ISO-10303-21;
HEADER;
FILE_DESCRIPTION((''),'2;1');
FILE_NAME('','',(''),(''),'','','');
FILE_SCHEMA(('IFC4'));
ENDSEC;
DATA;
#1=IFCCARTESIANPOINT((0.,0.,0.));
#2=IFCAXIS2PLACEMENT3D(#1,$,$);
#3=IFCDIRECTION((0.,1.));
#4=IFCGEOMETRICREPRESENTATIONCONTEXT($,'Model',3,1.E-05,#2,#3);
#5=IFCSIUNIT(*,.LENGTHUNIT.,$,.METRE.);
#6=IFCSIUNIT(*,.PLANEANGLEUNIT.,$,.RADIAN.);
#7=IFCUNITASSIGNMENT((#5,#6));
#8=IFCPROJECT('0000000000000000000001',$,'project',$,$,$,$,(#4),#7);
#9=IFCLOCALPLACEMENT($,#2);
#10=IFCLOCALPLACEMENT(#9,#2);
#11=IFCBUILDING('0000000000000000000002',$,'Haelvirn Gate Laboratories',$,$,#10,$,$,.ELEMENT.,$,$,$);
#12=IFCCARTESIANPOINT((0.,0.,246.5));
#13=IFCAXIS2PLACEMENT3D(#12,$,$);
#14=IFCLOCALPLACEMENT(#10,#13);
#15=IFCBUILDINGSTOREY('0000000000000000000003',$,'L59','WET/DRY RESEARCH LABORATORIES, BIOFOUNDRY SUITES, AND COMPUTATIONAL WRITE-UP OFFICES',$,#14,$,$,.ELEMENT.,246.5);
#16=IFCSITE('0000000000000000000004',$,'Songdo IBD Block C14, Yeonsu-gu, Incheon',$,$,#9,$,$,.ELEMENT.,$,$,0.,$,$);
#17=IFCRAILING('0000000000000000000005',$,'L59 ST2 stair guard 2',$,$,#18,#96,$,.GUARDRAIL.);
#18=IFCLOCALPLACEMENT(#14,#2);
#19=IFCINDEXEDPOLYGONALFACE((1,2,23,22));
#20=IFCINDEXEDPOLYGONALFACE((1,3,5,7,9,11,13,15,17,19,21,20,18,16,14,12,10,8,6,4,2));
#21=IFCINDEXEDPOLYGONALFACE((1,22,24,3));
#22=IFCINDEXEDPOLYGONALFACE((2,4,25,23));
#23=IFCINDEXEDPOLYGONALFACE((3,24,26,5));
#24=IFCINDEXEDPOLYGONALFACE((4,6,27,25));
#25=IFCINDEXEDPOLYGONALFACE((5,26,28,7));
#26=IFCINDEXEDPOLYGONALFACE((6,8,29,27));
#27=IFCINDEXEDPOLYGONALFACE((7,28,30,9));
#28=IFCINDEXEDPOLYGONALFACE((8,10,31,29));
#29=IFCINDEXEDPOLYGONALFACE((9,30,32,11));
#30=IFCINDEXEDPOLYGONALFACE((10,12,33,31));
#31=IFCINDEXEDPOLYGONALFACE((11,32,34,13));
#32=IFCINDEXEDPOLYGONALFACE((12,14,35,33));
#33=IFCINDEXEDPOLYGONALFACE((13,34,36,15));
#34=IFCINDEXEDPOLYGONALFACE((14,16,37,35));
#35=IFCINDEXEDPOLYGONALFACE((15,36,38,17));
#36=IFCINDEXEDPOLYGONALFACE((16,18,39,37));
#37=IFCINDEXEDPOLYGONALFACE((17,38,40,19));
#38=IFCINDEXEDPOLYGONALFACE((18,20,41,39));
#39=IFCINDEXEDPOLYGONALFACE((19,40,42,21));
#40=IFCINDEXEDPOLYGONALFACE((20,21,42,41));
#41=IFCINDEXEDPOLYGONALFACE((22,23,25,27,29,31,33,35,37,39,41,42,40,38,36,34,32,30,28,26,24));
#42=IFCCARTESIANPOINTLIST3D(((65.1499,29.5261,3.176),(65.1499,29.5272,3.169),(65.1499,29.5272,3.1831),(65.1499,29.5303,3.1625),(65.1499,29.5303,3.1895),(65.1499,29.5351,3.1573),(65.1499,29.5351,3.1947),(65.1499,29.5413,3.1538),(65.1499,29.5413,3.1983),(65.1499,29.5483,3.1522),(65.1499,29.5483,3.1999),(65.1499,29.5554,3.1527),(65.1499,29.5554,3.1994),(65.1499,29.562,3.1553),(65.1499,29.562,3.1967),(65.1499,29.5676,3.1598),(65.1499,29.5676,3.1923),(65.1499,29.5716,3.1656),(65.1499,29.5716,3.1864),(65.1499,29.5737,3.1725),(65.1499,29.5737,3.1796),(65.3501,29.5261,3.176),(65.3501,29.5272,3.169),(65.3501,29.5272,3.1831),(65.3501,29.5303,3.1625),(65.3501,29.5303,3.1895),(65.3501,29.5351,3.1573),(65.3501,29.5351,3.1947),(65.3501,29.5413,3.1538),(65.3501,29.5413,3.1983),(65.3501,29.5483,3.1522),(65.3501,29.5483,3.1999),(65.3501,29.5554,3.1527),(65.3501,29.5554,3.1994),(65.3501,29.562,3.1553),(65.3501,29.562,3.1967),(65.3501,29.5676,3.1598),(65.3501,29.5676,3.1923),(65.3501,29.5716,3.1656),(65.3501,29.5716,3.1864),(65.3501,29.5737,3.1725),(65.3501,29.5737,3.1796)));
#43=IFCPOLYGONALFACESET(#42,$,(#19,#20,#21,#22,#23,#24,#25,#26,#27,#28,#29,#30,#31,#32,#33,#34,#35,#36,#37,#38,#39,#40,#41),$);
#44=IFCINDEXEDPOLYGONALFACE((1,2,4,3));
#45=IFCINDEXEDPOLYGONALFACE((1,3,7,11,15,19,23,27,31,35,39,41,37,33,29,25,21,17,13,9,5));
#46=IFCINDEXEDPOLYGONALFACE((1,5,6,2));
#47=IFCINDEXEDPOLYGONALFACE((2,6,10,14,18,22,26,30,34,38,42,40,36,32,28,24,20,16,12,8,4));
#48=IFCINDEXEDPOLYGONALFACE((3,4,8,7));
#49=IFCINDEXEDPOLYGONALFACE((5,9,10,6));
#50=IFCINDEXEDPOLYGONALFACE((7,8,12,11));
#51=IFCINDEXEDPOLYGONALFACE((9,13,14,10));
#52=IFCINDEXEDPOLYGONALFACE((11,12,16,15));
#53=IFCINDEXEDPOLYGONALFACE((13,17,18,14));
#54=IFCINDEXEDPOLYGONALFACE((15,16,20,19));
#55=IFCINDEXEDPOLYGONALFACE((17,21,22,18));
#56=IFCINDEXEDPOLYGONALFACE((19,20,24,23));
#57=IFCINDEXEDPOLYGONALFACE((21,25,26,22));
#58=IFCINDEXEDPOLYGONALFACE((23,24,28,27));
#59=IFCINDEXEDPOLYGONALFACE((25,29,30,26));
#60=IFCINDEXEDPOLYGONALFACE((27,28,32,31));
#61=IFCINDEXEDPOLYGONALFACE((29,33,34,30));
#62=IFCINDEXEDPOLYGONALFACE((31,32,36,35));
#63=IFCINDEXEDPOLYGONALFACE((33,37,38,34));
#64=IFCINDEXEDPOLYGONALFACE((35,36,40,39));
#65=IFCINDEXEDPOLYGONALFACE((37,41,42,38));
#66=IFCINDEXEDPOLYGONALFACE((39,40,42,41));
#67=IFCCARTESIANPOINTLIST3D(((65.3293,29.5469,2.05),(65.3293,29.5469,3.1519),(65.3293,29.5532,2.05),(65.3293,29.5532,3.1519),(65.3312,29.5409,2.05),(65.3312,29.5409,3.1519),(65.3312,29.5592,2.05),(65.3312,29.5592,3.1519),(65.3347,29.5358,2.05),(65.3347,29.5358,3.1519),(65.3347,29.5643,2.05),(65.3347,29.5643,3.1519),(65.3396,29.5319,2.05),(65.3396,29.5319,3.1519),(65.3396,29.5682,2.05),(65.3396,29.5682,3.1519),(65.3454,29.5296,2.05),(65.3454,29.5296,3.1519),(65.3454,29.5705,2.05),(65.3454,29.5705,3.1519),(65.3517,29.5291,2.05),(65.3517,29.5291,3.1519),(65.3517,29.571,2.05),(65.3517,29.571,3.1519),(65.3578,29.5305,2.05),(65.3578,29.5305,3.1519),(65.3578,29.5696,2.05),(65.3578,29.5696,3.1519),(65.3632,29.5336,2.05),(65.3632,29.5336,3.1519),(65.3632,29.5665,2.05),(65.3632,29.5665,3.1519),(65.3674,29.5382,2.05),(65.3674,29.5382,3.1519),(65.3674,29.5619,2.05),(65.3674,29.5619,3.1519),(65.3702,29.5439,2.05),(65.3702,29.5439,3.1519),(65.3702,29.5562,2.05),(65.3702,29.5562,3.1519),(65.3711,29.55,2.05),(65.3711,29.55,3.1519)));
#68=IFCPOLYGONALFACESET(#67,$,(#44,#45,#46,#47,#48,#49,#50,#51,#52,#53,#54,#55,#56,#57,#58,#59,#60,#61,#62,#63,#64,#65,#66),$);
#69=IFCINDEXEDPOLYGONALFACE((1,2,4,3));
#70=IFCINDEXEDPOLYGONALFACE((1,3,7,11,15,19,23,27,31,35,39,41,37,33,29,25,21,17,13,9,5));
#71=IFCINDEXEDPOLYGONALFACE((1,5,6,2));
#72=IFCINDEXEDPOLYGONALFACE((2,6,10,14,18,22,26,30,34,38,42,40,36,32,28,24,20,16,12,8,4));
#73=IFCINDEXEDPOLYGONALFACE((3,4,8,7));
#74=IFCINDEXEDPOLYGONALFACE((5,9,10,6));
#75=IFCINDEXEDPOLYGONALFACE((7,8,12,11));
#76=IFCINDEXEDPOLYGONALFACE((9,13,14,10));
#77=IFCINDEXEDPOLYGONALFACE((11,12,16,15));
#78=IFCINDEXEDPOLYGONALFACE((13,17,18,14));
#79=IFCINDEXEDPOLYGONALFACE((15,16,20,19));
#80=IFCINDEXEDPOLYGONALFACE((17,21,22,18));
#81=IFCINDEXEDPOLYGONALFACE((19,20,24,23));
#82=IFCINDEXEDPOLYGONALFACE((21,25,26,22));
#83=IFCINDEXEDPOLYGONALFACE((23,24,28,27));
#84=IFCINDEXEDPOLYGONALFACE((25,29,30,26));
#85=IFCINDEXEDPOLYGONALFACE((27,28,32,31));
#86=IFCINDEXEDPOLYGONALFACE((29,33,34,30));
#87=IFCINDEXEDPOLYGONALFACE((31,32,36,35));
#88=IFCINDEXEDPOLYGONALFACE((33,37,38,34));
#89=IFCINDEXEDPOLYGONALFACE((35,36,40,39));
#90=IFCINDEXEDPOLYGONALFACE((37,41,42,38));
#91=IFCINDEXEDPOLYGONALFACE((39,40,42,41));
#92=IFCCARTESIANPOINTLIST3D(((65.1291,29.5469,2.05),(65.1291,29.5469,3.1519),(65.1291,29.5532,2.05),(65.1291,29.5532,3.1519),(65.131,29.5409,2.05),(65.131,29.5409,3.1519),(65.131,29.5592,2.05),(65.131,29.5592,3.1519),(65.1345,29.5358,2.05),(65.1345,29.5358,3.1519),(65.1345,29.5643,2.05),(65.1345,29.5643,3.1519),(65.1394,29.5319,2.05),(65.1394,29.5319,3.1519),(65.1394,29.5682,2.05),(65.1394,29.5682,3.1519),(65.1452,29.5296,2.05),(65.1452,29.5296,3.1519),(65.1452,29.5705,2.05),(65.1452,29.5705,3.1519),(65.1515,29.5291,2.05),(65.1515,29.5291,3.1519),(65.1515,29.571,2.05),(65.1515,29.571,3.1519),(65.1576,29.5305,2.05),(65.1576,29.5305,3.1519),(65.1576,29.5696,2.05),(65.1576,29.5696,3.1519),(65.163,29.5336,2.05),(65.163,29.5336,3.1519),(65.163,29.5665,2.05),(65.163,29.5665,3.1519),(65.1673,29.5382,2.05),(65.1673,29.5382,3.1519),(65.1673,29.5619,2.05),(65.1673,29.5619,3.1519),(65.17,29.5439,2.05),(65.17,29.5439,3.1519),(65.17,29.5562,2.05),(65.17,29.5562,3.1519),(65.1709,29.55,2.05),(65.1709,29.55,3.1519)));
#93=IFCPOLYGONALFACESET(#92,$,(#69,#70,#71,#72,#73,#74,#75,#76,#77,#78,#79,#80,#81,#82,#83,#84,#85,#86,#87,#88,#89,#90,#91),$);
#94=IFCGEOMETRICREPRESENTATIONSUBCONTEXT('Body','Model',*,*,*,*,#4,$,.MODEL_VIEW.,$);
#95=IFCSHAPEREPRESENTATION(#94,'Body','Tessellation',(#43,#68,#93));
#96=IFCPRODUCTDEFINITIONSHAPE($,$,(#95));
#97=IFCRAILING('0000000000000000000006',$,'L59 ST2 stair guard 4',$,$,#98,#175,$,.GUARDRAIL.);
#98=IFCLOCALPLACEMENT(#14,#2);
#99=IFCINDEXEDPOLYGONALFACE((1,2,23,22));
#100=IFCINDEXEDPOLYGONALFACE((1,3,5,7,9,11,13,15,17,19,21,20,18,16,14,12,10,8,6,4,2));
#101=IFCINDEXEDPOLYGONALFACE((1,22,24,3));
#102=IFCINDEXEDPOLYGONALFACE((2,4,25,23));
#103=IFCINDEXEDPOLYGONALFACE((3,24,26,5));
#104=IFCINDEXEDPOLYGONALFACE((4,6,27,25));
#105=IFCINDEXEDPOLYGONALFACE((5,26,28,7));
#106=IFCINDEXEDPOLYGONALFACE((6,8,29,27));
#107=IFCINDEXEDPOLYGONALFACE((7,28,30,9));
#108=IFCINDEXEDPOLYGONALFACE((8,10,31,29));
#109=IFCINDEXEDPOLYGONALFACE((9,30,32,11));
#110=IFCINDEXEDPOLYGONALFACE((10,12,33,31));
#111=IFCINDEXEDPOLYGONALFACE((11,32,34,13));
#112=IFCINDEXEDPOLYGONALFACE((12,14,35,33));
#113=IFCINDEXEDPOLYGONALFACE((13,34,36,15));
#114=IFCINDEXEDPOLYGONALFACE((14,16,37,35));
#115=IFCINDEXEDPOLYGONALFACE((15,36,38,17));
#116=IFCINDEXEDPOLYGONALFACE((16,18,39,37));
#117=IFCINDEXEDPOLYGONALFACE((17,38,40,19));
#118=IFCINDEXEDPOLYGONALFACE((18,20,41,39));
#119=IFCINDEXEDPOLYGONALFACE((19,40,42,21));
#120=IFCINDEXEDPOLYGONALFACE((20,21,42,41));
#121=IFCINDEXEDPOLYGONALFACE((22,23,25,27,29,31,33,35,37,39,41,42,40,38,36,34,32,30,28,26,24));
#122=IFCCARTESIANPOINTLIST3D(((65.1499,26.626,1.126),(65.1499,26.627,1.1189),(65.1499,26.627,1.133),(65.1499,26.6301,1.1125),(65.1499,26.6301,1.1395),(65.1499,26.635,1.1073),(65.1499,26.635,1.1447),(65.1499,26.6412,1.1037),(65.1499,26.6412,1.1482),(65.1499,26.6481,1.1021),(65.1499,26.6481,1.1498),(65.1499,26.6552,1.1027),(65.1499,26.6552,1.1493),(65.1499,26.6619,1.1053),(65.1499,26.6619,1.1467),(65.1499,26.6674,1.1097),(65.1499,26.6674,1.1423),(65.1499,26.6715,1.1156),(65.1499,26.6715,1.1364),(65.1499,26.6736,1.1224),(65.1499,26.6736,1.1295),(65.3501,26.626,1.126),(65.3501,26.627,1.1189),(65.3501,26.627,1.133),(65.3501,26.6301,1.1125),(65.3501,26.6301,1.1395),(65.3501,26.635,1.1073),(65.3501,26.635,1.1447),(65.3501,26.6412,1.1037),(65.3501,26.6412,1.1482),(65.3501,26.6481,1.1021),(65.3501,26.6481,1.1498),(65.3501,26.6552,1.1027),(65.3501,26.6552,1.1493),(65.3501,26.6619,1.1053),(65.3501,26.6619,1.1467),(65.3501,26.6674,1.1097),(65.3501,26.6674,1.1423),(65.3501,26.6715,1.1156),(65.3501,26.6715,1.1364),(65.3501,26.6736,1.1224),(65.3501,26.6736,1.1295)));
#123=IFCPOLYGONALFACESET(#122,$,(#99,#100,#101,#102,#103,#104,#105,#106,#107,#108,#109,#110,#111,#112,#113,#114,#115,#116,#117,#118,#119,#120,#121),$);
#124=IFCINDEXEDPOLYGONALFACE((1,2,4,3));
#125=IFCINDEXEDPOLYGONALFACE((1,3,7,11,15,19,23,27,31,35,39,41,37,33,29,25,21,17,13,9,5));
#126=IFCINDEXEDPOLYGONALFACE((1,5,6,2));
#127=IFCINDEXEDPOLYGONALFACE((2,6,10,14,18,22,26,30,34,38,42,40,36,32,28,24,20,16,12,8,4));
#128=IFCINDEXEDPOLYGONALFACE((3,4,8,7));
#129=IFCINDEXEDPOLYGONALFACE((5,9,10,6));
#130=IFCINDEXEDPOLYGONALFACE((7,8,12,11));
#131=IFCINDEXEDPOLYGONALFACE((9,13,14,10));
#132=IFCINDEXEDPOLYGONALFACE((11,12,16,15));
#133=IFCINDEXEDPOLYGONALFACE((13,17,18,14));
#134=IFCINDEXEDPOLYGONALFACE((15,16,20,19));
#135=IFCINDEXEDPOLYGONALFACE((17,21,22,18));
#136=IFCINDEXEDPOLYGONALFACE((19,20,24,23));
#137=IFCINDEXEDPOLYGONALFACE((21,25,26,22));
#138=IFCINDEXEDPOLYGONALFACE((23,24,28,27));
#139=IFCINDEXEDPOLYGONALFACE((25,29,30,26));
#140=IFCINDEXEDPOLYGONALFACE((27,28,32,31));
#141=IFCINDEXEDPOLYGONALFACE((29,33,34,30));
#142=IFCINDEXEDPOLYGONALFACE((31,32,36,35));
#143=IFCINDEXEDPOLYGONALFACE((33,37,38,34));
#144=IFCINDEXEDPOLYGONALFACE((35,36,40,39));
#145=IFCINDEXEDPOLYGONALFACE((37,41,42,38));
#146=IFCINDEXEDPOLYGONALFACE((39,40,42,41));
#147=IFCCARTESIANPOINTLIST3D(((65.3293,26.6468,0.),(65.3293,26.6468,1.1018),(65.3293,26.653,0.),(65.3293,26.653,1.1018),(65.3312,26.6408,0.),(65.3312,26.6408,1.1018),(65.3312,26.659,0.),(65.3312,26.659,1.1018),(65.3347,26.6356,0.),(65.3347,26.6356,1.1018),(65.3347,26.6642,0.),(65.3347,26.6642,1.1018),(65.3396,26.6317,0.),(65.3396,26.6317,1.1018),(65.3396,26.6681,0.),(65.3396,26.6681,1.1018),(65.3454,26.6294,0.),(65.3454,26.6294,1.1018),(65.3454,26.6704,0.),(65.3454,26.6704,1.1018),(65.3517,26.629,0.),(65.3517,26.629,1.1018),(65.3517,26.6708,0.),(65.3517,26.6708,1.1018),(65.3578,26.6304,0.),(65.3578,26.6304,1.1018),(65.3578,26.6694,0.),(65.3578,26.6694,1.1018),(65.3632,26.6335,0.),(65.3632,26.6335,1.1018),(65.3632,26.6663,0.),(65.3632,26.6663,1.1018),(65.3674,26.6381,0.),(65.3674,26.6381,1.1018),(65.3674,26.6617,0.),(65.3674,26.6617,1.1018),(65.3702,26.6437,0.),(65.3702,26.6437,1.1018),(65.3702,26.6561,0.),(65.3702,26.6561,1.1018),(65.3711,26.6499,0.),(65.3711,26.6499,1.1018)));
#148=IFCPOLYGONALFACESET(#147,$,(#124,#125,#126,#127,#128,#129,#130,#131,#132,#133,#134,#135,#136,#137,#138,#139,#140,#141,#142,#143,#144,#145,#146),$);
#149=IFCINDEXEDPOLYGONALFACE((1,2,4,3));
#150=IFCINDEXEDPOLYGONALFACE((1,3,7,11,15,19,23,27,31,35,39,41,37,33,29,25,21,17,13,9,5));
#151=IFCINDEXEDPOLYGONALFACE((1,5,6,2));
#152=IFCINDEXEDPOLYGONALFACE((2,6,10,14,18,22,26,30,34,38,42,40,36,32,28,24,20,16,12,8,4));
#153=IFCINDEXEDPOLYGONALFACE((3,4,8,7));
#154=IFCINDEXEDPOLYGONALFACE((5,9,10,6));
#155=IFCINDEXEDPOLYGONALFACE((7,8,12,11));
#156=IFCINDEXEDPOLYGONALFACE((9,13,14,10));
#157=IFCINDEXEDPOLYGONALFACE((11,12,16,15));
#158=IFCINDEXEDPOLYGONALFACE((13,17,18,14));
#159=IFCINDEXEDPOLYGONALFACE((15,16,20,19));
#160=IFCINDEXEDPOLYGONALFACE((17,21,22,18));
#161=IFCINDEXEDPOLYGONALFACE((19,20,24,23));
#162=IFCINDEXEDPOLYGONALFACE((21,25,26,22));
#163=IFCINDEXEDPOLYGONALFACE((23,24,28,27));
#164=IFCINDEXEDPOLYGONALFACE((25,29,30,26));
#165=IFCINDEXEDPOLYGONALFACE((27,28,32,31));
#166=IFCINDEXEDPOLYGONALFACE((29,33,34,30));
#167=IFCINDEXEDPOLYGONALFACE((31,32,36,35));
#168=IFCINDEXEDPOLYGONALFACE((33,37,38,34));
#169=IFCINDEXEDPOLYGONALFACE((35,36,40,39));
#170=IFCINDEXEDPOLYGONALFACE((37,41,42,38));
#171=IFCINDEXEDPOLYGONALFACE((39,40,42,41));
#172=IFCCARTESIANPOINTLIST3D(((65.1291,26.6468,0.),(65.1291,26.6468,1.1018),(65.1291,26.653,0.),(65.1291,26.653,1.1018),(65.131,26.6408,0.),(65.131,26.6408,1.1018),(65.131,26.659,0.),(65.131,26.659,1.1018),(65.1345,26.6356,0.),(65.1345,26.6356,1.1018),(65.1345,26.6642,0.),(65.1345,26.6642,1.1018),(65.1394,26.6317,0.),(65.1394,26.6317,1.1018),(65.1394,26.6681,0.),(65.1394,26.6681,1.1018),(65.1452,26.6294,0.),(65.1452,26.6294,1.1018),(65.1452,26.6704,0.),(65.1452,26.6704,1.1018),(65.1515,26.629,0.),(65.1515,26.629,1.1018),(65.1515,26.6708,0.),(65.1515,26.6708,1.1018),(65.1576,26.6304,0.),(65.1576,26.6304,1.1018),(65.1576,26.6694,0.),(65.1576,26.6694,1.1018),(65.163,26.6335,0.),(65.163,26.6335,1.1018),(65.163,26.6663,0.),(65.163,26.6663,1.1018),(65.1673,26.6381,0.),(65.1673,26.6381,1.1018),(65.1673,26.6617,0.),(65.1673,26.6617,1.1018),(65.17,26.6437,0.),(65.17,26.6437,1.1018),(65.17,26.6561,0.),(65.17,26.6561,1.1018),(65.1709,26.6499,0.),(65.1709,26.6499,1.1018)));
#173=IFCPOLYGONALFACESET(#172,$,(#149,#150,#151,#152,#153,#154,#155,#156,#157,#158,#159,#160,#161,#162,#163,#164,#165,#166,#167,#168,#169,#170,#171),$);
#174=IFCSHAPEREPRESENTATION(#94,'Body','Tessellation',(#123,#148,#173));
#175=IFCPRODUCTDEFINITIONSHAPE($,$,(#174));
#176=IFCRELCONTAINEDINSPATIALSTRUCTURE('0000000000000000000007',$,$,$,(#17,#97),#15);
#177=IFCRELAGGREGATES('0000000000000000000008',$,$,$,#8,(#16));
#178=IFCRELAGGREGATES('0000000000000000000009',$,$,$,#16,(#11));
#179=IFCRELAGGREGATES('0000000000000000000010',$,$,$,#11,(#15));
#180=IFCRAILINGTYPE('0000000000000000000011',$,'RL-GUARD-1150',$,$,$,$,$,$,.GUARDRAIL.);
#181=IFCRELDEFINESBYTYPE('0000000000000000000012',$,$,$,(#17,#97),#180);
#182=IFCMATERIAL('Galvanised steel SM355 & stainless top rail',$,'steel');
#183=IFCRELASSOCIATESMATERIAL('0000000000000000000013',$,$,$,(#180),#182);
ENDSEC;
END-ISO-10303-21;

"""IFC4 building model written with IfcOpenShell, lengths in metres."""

from ifc_helpers import new_model, si_unit, direction, frame, origin, origin_2d, place, context, subcontext, project, spatial, circle, extrude, source, transform, mapped, material, type_object, element, save


model = new_model("IFC4")

# Units and contexts
model_context = context("Model", 3, precision=1e-05, world=origin(), true_north=direction((0.0, 1.0)))
body_context = subcontext(model_context, "Body", "Model", "MODEL_VIEW")
ifc_project = project(units=[si_unit("LENGTHUNIT", "METRE"), si_unit("PLANEANGLEUNIT", "RADIAN")], contexts=[model_context])

# Site, building, storey
site_placement = place(None, origin())
site = spatial("IfcSite", under=ifc_project, at=site_placement, Name="Songdo IBD Block C14, Yeonsu-gu, Incheon", CompositionType="ELEMENT", RefElevation=0.0)
building_placement = place(site_placement, origin())
building = spatial("IfcBuilding", under=site, at=building_placement, Name="Haelvirn Gate Laboratories", CompositionType="ELEMENT")
storey_placement = place(building_placement, frame((0.0, 0.0, 246.5)))
storey = spatial("IfcBuildingStorey", under=building, at=storey_placement, Name="L59", Description="WET/DRY RESEARCH LABORATORIES, BIOFOUNDRY SUITES, AND COMPUTATIONAL WRITE-UP OFFICES", CompositionType="ELEMENT", Elevation=246.5)

# Railings
ifc_material_1 = material(Name="Galvanised steel SM355 & stainless top rail", Category="steel")
railing_type_1 = type_object("IfcRailingType", Name="RL-GUARD-1150", PredefinedType="GUARDRAIL", material=ifc_material_1)
shared_shape_1 = source(origin(), body_context, "Body", "SweptSolid", [
    extrude(circle(Radius=0.0239, at=origin_2d()), frame((0.0, 0.0, 1.126), z_axis=(-1.0, 0.0, 0.0), x_axis=(0.0, -1.0, 0.0)), (0.0, 0.0, 1.0), 0.2002),
    extrude(circle(Radius=0.021, at=origin_2d()), origin(), (0.0, 0.0, 1.0), 1.1018),
    extrude(circle(Radius=0.021, at=origin_2d()), frame((-0.2002, 0.0, 0.0)), (0.0, 0.0, 1.0), 1.1018),
])
for number, where, name in (
    (1, (65.3501, 29.55, 2.05), "L59 ST2 stair guard 2"),
    (2, (65.3501, 26.6499, 0.0), "L59 ST2 stair guard 4"),
):
    element("IfcRailing", number, at=place(storey_placement, frame(where)), inside=storey, type_object=railing_type_1, Name=name, PredefinedType="GUARDRAIL", context=body_context, shape_type="MappedRepresentation", body=[
        mapped(shared_shape_1, transform((0.0, 0.0, 0.0), scale=1.0)),
    ])

save(model, "model.ifc")
